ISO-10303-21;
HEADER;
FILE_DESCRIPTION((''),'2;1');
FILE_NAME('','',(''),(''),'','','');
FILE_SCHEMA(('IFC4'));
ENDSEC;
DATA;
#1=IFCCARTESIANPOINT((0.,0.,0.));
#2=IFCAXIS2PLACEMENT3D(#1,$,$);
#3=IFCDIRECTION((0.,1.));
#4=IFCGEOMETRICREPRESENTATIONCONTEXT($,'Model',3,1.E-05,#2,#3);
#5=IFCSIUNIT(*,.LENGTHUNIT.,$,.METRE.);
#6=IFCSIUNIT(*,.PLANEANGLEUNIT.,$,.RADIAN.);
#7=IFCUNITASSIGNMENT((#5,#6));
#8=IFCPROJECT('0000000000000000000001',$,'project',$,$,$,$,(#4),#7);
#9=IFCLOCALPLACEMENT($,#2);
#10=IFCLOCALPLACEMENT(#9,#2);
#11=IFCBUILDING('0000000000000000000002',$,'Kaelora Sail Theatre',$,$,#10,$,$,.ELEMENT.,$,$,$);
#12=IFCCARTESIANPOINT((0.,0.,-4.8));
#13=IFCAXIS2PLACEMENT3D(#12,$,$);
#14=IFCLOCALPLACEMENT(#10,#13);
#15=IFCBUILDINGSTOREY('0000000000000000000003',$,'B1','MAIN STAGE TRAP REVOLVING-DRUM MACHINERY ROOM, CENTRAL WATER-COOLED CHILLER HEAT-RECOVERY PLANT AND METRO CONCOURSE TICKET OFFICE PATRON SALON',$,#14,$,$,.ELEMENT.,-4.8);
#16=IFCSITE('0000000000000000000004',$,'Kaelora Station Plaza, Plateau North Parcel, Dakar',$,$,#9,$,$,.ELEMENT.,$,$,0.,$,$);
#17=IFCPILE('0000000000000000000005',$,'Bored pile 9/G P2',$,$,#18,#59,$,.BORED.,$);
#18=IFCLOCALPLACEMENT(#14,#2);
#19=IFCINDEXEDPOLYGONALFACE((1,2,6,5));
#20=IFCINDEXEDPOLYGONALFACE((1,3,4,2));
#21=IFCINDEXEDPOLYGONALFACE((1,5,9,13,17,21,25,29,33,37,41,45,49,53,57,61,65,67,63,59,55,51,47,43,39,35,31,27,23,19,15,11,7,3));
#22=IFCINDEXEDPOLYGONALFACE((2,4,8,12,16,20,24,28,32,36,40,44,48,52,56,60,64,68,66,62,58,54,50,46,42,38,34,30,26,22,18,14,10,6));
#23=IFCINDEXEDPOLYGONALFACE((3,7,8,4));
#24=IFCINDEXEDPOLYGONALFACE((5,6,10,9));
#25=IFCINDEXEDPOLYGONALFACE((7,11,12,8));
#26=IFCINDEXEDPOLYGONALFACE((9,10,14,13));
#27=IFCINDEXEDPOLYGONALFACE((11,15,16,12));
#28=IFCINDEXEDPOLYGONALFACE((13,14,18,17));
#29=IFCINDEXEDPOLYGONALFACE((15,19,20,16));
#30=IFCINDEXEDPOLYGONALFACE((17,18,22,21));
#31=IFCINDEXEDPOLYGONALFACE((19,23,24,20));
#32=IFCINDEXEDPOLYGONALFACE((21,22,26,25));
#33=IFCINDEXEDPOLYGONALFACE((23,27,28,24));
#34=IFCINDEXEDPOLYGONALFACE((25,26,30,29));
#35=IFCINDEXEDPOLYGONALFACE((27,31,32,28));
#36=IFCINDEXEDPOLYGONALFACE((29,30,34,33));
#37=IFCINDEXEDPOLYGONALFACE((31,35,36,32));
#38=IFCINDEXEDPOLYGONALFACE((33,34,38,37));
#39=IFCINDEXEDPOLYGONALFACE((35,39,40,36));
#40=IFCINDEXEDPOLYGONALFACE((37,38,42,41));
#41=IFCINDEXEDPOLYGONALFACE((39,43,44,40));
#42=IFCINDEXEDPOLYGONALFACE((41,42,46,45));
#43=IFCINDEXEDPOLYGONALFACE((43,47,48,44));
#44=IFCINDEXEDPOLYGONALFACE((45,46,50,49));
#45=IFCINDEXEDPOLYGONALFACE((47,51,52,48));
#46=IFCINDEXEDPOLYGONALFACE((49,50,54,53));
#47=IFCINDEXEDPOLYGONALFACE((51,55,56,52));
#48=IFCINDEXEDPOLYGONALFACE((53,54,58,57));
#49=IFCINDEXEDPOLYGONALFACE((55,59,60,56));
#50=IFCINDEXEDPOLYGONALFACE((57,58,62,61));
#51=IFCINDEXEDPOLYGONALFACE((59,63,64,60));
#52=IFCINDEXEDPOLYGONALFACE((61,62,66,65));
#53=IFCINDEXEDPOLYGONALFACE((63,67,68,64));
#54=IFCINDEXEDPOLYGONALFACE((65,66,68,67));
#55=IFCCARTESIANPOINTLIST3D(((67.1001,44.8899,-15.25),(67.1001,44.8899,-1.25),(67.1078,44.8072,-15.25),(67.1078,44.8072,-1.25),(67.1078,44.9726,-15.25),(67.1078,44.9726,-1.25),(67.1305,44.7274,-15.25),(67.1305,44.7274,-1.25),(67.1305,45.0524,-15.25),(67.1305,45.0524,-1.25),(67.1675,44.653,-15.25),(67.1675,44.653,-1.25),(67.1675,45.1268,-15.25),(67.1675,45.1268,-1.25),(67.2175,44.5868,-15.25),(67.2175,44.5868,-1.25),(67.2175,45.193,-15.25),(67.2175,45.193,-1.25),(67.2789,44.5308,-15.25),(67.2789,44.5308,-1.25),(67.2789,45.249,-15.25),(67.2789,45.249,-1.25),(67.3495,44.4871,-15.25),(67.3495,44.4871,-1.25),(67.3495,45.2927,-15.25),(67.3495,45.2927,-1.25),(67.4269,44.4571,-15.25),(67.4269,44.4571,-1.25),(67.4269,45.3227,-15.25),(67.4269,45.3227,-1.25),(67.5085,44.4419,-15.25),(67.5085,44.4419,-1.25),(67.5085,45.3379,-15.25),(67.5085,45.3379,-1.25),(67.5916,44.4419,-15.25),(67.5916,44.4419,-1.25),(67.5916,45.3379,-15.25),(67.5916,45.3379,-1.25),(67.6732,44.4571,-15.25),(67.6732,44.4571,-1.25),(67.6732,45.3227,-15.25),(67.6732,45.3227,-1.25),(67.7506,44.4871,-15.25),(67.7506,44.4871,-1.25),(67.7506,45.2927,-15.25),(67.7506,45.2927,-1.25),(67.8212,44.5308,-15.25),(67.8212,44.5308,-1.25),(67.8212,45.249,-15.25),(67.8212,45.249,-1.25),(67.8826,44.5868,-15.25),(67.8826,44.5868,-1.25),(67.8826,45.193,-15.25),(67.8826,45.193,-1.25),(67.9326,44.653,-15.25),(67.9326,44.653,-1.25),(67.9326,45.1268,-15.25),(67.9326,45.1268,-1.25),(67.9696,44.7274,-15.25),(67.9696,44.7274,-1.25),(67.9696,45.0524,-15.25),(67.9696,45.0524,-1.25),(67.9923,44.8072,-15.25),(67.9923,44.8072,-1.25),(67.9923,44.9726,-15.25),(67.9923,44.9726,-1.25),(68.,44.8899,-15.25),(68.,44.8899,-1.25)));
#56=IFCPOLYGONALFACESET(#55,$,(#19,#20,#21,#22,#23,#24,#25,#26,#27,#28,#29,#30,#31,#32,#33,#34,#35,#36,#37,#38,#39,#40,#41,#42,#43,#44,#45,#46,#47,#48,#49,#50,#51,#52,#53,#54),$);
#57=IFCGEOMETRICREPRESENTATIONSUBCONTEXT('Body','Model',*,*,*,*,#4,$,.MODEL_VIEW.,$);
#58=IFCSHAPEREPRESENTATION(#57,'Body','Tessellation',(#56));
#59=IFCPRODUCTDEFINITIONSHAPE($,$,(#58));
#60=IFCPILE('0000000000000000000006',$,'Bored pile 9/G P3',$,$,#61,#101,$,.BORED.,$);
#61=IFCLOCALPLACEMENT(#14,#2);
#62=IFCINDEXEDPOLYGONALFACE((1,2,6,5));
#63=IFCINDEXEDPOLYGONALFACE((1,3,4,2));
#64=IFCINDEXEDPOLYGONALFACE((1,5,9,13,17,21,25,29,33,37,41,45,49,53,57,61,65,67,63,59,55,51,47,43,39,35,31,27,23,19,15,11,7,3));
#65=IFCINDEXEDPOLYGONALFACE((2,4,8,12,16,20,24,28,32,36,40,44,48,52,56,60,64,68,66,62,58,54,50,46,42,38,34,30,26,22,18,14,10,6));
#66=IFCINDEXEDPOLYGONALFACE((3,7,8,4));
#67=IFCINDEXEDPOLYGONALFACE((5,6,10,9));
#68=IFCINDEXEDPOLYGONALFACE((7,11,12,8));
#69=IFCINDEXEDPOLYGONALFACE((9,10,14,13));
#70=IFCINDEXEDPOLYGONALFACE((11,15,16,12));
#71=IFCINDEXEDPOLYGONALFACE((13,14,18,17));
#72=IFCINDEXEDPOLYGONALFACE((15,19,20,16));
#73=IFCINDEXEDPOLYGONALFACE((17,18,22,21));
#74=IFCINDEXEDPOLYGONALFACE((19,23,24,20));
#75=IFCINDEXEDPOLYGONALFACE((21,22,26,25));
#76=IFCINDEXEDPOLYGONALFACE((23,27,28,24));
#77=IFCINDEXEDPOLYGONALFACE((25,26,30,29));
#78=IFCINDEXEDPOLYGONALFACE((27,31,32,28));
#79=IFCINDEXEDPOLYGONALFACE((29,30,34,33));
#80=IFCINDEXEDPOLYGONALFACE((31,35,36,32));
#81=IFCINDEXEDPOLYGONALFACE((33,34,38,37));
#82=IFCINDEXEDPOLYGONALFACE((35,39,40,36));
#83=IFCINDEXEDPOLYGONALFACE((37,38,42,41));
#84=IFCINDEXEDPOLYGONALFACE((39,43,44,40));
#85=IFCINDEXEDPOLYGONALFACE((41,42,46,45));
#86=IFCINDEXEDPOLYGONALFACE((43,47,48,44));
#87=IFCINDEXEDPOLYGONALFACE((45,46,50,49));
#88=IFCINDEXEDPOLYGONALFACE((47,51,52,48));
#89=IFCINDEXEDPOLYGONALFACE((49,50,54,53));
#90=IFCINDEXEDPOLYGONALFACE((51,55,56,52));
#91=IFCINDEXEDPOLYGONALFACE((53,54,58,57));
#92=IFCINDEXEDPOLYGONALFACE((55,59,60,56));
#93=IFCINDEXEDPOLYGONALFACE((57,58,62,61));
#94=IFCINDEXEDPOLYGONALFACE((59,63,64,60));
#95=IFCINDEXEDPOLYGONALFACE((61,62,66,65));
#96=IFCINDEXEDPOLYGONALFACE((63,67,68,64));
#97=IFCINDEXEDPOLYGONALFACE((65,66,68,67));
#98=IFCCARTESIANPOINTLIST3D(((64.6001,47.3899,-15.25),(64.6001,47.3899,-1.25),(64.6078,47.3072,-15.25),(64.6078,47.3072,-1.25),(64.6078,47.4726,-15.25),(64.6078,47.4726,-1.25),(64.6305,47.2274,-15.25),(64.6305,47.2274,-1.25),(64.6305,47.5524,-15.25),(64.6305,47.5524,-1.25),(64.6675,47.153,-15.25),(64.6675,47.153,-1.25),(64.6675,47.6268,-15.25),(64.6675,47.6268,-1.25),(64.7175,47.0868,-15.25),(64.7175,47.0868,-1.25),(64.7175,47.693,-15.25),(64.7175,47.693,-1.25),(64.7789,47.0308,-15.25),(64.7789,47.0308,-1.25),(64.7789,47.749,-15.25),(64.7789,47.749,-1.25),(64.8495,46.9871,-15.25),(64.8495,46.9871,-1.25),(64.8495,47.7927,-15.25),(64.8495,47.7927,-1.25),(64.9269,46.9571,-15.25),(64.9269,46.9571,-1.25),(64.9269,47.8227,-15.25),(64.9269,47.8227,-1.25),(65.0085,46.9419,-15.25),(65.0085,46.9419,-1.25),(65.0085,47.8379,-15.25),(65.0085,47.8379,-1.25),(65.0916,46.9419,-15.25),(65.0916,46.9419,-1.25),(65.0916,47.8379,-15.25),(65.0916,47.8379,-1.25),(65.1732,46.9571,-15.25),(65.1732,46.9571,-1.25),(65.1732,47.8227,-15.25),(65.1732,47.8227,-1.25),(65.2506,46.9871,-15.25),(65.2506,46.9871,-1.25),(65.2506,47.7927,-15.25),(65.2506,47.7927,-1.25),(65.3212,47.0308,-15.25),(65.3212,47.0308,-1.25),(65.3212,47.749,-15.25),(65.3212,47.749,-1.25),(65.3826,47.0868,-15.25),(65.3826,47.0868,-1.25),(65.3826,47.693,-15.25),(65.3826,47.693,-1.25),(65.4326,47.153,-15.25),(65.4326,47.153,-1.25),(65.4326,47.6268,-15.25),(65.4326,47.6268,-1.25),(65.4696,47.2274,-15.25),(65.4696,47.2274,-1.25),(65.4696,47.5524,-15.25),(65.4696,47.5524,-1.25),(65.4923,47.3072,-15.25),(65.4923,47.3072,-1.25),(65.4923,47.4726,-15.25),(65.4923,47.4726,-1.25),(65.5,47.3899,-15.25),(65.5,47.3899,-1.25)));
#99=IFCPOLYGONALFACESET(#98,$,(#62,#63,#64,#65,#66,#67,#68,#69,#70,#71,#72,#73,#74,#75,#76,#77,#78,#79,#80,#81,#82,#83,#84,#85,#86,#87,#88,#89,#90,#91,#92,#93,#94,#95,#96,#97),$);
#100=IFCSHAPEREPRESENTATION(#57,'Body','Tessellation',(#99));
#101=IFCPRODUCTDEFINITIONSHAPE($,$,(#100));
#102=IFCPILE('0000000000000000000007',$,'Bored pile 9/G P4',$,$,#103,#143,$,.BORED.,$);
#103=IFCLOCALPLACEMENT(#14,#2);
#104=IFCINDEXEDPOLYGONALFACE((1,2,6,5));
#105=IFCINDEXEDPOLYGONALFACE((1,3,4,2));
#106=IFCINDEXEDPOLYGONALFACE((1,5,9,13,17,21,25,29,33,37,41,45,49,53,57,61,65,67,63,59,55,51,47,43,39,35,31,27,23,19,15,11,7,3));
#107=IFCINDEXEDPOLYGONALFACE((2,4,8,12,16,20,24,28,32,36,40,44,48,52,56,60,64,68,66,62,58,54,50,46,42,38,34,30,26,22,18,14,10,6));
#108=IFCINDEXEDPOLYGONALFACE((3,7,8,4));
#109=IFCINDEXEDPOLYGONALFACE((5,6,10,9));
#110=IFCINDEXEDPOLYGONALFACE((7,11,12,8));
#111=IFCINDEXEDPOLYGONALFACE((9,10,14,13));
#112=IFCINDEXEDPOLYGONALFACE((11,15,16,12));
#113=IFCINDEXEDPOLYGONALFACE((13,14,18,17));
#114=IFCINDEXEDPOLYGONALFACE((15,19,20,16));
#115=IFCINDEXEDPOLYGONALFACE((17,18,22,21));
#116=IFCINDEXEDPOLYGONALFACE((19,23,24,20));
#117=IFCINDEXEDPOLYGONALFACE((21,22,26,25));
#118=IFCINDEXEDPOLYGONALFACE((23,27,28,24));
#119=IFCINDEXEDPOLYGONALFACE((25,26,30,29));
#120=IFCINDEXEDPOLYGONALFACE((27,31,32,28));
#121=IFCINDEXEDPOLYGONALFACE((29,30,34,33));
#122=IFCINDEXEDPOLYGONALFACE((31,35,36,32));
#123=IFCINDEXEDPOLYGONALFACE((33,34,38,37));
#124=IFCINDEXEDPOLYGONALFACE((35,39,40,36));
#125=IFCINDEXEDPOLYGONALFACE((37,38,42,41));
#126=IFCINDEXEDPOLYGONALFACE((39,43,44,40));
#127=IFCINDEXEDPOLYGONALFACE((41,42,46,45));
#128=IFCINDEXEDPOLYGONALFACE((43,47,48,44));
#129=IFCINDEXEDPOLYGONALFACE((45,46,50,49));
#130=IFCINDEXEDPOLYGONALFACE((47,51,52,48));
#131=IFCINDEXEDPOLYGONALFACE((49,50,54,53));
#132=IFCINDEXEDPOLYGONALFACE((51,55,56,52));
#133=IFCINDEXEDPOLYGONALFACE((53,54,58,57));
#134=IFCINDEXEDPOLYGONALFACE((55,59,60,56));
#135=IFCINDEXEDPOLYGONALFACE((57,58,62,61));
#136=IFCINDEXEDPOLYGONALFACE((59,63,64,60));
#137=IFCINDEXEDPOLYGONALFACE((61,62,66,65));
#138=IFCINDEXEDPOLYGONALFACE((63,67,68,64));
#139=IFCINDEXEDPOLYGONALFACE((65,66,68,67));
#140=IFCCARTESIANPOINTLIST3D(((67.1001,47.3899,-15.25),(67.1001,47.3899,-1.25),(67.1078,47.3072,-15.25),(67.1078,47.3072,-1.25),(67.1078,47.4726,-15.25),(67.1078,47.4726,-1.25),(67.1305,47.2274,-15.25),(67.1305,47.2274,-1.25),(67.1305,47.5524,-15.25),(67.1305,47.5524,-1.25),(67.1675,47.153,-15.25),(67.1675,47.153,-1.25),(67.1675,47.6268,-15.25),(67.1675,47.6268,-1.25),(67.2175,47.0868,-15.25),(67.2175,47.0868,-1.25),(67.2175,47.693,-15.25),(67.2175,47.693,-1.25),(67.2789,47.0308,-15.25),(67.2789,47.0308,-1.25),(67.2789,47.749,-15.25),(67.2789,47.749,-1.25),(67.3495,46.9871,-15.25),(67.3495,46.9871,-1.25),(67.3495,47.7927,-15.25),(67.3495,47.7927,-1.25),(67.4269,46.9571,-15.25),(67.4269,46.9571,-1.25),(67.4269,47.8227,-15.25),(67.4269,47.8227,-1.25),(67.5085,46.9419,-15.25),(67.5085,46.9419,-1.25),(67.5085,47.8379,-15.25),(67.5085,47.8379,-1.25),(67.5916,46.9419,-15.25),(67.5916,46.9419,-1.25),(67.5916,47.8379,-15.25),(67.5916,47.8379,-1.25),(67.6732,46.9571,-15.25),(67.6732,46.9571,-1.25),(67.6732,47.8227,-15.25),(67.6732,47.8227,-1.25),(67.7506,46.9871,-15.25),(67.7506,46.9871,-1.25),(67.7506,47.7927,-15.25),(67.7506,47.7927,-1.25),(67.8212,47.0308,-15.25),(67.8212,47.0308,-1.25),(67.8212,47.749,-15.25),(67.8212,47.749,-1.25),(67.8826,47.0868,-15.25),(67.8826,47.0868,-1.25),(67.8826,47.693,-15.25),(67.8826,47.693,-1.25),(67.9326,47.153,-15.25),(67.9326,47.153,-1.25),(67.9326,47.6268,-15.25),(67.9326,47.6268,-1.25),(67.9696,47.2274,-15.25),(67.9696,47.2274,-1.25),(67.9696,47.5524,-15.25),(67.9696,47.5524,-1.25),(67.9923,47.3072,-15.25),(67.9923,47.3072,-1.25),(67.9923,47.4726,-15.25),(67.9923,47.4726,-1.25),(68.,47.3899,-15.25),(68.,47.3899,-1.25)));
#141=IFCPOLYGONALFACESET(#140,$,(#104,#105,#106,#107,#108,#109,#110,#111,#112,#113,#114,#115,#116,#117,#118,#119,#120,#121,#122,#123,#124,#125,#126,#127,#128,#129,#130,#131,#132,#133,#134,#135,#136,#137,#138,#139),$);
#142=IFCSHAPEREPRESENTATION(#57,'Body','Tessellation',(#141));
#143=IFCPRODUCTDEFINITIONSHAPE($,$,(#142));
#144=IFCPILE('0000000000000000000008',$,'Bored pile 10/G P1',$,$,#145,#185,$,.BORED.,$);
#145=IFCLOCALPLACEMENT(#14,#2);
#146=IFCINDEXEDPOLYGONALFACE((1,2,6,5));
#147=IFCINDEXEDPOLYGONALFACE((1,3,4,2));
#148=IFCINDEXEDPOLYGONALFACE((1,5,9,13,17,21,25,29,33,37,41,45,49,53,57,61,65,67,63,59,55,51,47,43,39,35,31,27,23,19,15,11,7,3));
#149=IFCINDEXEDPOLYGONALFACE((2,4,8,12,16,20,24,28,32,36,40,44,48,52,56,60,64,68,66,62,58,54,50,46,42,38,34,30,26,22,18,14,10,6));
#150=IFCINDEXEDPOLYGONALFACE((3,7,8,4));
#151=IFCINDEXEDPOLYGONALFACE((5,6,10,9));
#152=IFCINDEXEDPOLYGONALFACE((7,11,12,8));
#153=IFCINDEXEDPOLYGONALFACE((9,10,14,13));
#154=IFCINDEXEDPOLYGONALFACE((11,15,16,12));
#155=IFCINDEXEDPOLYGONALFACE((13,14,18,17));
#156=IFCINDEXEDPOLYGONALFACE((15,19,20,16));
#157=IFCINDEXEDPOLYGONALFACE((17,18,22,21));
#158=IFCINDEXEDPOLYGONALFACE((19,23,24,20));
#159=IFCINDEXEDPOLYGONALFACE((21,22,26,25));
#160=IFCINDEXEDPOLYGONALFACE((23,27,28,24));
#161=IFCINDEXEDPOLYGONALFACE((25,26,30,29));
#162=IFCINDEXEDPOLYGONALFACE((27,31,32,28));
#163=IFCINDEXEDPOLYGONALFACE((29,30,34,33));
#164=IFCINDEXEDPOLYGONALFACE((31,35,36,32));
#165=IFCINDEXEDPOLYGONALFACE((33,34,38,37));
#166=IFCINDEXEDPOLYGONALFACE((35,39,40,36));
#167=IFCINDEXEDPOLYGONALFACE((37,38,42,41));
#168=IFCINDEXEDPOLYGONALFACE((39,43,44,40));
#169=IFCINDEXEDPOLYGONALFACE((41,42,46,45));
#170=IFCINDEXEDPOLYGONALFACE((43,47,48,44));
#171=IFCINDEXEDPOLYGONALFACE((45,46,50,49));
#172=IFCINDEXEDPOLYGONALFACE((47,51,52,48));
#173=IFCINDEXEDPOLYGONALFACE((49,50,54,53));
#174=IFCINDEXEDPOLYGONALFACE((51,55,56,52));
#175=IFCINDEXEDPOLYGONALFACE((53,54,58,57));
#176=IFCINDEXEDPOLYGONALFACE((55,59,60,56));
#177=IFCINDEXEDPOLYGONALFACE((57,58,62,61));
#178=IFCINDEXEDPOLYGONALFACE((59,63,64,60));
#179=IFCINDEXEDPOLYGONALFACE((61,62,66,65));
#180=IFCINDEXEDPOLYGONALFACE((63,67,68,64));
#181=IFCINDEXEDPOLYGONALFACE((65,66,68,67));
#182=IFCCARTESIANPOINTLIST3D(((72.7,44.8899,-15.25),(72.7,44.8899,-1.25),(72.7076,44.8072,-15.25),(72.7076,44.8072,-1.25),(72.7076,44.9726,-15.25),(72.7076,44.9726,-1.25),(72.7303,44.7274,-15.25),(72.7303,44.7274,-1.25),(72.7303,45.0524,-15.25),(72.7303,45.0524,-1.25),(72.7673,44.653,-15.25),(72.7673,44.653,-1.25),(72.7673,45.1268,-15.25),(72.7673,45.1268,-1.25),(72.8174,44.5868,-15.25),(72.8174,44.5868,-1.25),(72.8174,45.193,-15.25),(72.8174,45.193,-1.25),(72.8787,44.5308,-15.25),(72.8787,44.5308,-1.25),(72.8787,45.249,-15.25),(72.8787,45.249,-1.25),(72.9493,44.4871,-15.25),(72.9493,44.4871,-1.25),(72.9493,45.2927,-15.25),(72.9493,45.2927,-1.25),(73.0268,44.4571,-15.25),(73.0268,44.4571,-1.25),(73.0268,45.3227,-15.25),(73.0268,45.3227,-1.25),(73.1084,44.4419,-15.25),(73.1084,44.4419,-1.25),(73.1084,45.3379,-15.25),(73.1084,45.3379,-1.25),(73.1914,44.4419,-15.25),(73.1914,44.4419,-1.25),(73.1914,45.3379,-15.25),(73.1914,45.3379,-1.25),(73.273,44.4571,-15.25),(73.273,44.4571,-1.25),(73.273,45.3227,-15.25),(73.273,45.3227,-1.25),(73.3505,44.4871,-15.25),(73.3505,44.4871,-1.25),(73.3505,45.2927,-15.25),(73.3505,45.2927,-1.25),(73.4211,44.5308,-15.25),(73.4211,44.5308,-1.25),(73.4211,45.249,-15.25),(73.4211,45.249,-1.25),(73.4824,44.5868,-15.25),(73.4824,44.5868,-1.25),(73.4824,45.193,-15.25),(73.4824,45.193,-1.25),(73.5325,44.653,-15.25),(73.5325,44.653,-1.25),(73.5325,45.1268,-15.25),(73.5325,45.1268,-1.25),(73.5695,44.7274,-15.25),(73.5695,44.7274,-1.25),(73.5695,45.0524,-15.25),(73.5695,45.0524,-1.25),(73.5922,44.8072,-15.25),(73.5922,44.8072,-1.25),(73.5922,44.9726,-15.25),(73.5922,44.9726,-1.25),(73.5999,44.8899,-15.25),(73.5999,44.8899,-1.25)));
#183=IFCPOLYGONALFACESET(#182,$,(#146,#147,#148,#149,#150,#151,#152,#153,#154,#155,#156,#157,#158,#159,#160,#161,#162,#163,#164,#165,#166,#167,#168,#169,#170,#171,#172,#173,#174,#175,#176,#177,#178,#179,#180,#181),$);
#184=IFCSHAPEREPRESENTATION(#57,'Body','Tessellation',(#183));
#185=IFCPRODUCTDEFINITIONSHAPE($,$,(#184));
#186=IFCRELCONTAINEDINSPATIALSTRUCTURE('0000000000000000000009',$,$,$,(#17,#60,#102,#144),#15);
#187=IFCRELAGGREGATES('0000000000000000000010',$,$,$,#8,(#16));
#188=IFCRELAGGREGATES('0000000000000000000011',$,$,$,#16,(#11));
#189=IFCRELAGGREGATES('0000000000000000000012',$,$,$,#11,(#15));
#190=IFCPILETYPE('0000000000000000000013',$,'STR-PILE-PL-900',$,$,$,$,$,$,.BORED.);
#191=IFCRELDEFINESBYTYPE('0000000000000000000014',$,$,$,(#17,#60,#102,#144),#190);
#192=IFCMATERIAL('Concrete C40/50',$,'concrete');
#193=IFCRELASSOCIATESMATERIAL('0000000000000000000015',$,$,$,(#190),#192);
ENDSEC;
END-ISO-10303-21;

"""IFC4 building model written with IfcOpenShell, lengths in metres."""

from ifc_helpers import new_model, si_unit, direction, frame, origin, origin_2d, place, context, subcontext, project, spatial, circle, extrude, material, material_profile, profile_set, type_object, element, save


model = new_model("IFC4")

# Units and contexts
model_context = context("Model", 3, precision=1e-05, world=origin(), true_north=direction((0.0, 1.0)))
body_context = subcontext(model_context, "Body", "Model", "MODEL_VIEW")
ifc_project = project(units=[si_unit("LENGTHUNIT", "METRE"), si_unit("PLANEANGLEUNIT", "RADIAN")], contexts=[model_context])

# Site, building, storey
site_placement = place(None, origin())
site = spatial("IfcSite", under=ifc_project, at=site_placement, Name="Kaelora Station Plaza, Plateau North Parcel, Dakar", CompositionType="ELEMENT", RefElevation=0.0)
building_placement = place(site_placement, origin())
building = spatial("IfcBuilding", under=site, at=building_placement, Name="Kaelora Sail Theatre", CompositionType="ELEMENT")
storey_placement = place(building_placement, frame((0.0, 0.0, -4.8)))
storey = spatial("IfcBuildingStorey", under=building, at=storey_placement, Name="B1", Description="MAIN STAGE TRAP REVOLVING-DRUM MACHINERY ROOM, CENTRAL WATER-COOLED CHILLER HEAT-RECOVERY PLANT AND METRO CONCOURSE TICKET OFFICE PATRON SALON", CompositionType="ELEMENT", Elevation=-4.8)

# Piles
ifc_material_1 = material(Name="Concrete C40/50", Category="concrete")
ifc_material_profile_1 = material_profile(ifc_material_1, circle(Radius=0.45, at=origin_2d()), Name="PILE D900")
ifc_profile_set_1 = profile_set([ifc_material_profile_1], Name="Concrete C40/50")
pile_type_1 = type_object("IfcPileType", Name="STR-PILE-PL-900", PredefinedType="BORED", material=ifc_profile_set_1)
for number, where, z_axis, x_axis, name in (
    (1, (67.55, 44.8899, -1.25), (0.0, 0.0, -1.0), (1.0, 0.0, 0.0), "Bored pile 9/G P2"),
    (2, (65.05, 47.3899, -1.25), (0.0, 0.0, -1.0), (1.0, 0.0, 0.0), "Bored pile 9/G P3"),
    (3, (67.55, 47.3899, -1.25), (0.0, 0.0, -1.0), (1.0, 0.0, 0.0), "Bored pile 9/G P4"),
    (4, (73.1499, 44.8899, -1.25), (0.0, 0.0, -1.0), (1.0, 0.0, 0.0), "Bored pile 10/G P1"),
):
    element("IfcPile", number, at=place(storey_placement, frame(where, z_axis=z_axis, x_axis=x_axis)), inside=storey, type_object=pile_type_1, Name=name, PredefinedType="BORED", context=body_context, shape_type="SweptSolid", body=[
        extrude(circle(Radius=0.45, at=origin_2d()), origin(), (0.0, 0.0, 1.0), 14.0),
    ])

save(model, "model.ifc")
